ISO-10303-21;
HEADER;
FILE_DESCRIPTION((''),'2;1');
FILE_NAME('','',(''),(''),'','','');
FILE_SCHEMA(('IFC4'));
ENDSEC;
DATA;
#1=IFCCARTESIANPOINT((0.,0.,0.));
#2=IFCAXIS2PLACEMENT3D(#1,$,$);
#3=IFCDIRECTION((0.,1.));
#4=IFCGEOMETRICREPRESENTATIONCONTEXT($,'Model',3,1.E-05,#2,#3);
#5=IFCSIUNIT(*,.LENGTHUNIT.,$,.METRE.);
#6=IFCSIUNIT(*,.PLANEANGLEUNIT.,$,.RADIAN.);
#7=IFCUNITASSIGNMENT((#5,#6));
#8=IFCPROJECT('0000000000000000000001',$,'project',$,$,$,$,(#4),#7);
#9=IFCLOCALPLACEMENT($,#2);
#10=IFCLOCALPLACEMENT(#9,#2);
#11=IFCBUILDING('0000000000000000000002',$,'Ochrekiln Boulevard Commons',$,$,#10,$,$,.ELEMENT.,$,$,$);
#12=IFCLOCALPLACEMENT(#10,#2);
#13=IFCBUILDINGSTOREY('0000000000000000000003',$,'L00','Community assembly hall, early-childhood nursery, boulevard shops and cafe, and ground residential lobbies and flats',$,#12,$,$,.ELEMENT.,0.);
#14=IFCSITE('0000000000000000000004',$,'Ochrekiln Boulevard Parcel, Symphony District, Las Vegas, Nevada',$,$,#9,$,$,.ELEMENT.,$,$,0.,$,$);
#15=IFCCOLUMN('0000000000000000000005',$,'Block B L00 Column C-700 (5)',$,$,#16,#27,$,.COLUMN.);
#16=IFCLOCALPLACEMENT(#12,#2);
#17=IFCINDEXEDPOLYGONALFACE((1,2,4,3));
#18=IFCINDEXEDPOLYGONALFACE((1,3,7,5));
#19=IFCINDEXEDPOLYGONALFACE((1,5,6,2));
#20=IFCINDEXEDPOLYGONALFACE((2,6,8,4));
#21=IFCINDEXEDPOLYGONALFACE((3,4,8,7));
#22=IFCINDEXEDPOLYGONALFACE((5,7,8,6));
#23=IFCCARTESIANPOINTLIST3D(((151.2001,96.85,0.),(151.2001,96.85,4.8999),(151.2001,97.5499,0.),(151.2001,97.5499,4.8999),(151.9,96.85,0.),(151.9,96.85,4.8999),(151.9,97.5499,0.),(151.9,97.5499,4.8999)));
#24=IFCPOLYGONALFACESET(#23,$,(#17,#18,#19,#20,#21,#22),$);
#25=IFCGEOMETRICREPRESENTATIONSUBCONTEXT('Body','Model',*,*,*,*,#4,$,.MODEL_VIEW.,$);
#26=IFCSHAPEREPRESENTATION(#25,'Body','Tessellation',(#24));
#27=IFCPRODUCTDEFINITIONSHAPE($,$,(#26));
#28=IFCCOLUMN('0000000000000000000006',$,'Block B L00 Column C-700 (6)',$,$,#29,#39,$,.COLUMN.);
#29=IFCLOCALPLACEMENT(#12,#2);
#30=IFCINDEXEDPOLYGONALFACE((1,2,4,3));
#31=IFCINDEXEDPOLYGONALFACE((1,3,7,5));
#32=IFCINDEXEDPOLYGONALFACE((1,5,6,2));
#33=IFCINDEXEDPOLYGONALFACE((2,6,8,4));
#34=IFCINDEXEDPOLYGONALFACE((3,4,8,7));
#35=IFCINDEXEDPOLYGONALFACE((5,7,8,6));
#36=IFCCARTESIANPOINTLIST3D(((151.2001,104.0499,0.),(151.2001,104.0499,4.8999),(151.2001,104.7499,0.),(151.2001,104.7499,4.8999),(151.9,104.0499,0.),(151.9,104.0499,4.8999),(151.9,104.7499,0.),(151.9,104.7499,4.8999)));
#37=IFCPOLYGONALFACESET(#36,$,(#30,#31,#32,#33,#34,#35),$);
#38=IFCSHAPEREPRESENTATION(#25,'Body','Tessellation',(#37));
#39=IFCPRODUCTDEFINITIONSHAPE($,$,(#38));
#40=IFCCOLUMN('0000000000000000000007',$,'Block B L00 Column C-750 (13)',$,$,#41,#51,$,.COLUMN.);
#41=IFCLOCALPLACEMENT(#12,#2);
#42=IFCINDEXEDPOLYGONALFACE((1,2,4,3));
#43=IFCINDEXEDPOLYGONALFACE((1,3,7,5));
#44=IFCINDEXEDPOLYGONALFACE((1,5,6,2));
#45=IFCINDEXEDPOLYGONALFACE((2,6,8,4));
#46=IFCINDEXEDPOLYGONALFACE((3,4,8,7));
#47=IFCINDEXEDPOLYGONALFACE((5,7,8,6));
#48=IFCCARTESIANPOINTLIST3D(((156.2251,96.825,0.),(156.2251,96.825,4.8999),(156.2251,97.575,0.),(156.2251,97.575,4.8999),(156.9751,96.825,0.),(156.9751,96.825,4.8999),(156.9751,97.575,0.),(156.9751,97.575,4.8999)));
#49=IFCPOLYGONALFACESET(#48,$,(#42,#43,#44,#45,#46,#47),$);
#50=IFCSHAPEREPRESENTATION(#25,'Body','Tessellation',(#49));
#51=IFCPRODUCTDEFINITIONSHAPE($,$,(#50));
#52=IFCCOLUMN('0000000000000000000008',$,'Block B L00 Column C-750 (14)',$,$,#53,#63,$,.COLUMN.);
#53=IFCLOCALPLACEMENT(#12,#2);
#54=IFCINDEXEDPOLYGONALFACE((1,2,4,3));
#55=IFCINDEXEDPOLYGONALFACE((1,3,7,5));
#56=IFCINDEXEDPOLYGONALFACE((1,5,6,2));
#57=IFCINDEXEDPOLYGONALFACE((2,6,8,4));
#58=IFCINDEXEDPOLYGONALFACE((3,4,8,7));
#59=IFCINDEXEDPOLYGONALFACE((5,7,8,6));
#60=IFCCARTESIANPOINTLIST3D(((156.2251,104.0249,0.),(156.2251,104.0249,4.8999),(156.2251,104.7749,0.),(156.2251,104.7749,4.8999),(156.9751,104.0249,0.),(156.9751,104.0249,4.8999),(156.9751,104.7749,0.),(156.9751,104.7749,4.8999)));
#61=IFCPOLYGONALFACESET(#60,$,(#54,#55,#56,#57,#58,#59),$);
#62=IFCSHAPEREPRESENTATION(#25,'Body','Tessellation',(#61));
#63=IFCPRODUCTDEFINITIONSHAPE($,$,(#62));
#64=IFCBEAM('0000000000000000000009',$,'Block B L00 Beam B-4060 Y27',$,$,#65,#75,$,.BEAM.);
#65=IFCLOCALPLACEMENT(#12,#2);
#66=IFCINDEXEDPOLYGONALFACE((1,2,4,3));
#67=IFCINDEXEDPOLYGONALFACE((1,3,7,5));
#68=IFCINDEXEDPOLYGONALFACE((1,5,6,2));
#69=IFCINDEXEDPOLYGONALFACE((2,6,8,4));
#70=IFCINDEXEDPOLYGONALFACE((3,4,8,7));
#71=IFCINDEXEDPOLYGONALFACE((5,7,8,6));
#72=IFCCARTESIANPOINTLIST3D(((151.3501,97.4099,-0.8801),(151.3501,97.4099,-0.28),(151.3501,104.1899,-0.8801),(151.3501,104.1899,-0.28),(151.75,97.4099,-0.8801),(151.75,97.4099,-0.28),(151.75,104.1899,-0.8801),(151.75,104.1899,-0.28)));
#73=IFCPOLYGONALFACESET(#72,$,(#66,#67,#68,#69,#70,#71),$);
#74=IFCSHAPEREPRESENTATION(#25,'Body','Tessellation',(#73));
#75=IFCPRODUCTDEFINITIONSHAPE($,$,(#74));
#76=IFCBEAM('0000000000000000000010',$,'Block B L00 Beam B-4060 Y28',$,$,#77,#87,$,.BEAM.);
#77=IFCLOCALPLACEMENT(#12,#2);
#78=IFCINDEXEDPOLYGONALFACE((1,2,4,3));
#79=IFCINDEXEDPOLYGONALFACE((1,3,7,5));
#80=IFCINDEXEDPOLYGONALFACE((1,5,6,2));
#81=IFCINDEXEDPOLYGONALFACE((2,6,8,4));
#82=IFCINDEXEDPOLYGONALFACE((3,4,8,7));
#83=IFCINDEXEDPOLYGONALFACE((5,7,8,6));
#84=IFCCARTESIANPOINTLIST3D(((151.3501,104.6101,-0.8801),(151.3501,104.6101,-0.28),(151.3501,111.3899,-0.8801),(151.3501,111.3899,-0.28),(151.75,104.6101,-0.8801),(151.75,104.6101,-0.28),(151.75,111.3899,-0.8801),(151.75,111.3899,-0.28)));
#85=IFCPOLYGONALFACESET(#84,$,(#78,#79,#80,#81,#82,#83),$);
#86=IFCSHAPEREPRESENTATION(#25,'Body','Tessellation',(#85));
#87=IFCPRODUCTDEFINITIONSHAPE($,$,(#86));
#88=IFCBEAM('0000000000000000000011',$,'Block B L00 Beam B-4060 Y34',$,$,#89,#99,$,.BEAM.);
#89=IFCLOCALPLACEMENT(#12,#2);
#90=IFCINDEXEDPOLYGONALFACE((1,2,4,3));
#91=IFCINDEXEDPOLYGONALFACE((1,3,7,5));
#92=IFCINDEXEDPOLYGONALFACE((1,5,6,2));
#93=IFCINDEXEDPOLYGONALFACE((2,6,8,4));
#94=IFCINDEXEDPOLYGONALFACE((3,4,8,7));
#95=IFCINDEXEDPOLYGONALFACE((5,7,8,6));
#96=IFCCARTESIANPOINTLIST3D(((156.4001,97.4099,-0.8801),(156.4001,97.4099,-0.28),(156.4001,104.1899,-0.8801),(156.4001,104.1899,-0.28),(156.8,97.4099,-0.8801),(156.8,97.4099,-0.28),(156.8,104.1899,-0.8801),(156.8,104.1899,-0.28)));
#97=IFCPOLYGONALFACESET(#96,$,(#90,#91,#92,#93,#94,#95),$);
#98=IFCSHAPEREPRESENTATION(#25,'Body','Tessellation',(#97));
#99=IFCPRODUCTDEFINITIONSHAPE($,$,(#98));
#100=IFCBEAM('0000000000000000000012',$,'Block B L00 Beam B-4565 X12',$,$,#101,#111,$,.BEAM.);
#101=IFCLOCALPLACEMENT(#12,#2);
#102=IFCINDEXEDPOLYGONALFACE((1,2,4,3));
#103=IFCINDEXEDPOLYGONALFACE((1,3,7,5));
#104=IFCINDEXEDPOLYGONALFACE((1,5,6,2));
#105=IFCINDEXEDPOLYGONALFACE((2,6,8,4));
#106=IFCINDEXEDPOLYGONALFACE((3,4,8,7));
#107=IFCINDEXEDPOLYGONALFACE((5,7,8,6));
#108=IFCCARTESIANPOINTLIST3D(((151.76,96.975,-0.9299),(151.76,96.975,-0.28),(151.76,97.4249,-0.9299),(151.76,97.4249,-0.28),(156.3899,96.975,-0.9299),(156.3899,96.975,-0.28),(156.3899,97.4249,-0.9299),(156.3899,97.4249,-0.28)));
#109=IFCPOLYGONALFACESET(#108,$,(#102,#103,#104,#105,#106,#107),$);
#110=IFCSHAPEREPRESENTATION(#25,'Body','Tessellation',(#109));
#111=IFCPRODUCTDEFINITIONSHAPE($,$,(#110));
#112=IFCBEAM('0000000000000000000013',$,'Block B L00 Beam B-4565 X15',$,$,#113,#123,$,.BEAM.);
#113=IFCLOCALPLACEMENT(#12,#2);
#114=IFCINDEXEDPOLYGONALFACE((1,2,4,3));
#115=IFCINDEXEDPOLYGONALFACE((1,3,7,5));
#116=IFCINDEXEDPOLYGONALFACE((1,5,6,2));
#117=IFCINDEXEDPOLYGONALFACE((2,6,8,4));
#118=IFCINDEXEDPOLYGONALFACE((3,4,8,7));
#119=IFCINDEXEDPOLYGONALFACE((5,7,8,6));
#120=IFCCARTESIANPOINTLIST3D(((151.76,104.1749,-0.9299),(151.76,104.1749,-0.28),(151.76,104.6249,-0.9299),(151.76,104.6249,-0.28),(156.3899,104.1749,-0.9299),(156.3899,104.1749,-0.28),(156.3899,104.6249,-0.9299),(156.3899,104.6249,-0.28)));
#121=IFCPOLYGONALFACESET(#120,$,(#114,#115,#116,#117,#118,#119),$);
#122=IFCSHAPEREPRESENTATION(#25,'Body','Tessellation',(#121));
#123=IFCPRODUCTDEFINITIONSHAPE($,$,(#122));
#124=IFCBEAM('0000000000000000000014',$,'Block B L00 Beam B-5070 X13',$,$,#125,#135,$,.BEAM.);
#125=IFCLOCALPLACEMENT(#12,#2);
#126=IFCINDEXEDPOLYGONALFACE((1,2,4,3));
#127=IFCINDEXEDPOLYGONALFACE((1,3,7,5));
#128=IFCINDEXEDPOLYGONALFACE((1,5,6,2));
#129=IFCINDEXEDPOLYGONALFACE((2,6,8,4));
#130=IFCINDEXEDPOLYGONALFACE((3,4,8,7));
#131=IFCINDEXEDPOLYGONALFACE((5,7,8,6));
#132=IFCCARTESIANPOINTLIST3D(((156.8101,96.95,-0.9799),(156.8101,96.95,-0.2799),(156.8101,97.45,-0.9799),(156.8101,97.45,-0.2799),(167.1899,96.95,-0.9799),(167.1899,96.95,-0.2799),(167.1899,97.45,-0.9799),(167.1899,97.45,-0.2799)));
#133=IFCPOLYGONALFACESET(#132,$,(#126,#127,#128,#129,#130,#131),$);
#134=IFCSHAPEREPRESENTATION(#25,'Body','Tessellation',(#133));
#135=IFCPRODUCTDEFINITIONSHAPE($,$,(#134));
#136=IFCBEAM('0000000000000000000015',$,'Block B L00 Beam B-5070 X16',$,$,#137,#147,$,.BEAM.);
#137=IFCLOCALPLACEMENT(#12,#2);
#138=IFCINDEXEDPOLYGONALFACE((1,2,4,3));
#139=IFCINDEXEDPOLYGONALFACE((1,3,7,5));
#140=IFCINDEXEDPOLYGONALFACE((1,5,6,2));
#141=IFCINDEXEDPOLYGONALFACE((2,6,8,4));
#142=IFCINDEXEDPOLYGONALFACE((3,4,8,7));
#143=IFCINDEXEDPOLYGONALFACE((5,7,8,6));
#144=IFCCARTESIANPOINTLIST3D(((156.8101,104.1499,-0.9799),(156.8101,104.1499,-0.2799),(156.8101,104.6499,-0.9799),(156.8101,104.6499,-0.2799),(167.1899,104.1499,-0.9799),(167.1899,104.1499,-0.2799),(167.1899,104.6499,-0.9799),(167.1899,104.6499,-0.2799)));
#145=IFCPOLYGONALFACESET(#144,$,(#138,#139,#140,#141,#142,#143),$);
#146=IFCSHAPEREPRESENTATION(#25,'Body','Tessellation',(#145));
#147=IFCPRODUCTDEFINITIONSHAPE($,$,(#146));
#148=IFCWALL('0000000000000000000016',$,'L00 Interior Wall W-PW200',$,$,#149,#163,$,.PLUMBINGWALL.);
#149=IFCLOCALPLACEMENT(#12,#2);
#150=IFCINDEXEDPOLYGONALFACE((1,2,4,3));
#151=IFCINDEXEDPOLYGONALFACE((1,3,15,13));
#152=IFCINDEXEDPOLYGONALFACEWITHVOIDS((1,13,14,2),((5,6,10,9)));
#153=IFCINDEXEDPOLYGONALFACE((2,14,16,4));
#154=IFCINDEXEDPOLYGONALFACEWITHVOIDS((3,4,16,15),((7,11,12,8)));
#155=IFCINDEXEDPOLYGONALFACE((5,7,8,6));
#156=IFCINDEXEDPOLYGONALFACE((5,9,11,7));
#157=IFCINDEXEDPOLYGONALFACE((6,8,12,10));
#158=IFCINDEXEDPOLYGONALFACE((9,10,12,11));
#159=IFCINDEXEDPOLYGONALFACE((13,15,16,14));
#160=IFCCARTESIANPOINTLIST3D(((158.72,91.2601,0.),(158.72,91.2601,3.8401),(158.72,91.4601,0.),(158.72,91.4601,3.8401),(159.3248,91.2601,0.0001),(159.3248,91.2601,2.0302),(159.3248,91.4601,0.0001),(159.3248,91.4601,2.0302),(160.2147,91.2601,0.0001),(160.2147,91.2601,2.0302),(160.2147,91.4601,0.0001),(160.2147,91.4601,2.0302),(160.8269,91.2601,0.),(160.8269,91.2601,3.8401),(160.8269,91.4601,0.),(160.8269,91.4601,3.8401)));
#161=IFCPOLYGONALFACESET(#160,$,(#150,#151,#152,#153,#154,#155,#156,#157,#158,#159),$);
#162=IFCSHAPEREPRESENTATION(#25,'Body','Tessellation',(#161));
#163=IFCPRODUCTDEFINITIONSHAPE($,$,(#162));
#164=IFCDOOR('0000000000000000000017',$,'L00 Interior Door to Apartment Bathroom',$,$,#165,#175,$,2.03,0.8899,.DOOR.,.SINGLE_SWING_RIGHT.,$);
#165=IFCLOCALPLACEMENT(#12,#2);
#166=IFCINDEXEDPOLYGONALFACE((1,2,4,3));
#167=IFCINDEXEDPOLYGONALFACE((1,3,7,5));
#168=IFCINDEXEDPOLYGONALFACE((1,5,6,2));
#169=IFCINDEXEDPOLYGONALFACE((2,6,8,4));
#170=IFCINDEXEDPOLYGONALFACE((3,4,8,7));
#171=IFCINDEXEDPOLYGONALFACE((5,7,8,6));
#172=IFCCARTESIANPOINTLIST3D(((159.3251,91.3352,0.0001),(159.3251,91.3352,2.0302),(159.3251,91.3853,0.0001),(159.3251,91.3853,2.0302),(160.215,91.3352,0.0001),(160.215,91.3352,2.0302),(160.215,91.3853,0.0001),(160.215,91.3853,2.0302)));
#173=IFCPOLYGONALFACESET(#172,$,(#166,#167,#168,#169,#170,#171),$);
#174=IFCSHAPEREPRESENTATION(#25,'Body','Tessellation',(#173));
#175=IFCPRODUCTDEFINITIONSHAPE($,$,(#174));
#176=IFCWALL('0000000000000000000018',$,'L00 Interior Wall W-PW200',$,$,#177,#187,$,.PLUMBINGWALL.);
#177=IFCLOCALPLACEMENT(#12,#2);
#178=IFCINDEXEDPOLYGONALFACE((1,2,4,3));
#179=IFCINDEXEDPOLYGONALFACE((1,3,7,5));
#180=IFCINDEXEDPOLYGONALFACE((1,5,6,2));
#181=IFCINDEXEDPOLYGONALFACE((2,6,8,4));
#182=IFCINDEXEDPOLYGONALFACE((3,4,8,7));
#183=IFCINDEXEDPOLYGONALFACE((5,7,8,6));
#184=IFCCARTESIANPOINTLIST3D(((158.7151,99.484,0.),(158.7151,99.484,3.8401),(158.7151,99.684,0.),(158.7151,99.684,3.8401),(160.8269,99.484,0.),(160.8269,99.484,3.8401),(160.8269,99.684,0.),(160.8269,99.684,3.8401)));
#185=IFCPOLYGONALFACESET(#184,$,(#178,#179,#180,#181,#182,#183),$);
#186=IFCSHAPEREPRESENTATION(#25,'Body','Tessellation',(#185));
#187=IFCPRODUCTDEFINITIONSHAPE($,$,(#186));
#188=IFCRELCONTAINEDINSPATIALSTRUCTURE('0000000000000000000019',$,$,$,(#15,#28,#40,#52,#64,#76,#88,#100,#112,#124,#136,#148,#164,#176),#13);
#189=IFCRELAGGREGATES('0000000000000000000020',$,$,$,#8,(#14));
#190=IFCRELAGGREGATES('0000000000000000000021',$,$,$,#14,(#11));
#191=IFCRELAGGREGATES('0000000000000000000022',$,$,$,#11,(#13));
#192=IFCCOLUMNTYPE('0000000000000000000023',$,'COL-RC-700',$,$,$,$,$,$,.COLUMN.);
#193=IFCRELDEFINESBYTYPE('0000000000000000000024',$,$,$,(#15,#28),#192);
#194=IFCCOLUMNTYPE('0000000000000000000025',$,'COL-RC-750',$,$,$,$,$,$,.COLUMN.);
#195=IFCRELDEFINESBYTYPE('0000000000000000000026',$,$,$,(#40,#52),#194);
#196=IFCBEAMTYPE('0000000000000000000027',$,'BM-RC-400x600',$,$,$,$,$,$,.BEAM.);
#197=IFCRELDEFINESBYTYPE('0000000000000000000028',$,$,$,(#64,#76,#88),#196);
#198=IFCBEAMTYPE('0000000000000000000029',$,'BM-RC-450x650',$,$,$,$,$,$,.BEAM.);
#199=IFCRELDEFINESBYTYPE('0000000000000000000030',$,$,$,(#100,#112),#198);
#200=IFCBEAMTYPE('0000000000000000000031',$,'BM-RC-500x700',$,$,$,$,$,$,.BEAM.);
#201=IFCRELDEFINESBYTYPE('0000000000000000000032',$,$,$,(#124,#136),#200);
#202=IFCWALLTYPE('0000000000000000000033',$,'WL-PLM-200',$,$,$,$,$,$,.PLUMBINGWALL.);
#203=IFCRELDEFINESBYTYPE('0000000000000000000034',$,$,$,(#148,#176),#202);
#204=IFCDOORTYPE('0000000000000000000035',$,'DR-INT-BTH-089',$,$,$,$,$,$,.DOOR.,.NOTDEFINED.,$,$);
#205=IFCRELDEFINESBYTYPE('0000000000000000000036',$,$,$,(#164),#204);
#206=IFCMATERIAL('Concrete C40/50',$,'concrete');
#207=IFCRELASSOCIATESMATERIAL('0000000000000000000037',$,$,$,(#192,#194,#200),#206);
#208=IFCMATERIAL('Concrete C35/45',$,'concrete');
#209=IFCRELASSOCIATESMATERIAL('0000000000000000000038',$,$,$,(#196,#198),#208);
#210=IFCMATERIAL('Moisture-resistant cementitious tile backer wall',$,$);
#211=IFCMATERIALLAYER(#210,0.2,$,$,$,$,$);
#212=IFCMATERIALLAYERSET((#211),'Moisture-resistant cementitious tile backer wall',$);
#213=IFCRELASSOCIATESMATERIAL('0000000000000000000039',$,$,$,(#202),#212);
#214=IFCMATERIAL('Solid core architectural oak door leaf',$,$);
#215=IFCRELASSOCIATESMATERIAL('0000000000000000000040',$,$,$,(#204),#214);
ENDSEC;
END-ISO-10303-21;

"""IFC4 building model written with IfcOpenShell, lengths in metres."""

from ifc_helpers import new_model, si_unit, direction, frame, frame_2d, origin, origin_2d, place, context, subcontext, project, spatial, rectangle, extrude, material, layer, layer_set, material_profile, profile_set, type_object, element, fill, save


model = new_model("IFC4")

# Units and contexts
model_context = context("Model", 3, precision=1e-05, world=origin(), true_north=direction((0.0, 1.0)))
body_context = subcontext(model_context, "Body", "Model", "MODEL_VIEW")
ifc_project = project(units=[si_unit("LENGTHUNIT", "METRE"), si_unit("PLANEANGLEUNIT", "RADIAN")], contexts=[model_context])

# Site, building, storey
site_placement = place(None, origin())
site = spatial("IfcSite", under=ifc_project, at=site_placement, Name="Ochrekiln Boulevard Parcel, Symphony District, Las Vegas, Nevada", CompositionType="ELEMENT", RefElevation=0.0)
building_placement = place(site_placement, origin())
building = spatial("IfcBuilding", under=site, at=building_placement, Name="Ochrekiln Boulevard Commons", CompositionType="ELEMENT")
storey_placement = place(building_placement, origin())
storey = spatial("IfcBuildingStorey", under=building, at=storey_placement, Name="L00", Description="Community assembly hall, early-childhood nursery, boulevard shops and cafe, and ground residential lobbies and flats", CompositionType="ELEMENT", Elevation=0.0)

# Columns
ifc_material_1 = material(Name="Concrete C40/50", Category="concrete")
ifc_material_profile_1 = material_profile(ifc_material_1, rectangle(XDim=0.7, YDim=0.7, at=origin_2d()), Name="RC-COL-700x700")
ifc_profile_set_1 = profile_set([ifc_material_profile_1], Name="Concrete C40/50")
column_type_1 = type_object("IfcColumnType", Name="COL-RC-700", PredefinedType="COLUMN", material=ifc_profile_set_1)
for number, where, z_axis, x_axis, name in (
    (1, (151.55, 97.2, 0.0), (0.0, 0.0, 1.0), (1.0, 0.0, 0.0), "Block B L00 Column C-700 (5)"),
    (2, (151.55, 104.3999, 0.0), (0.0, 0.0, 1.0), (1.0, 0.0, 0.0), "Block B L00 Column C-700 (6)"),
):
    element("IfcColumn", number, at=place(storey_placement, frame(where, z_axis=z_axis, x_axis=x_axis)), inside=storey, type_object=column_type_1, Name=name, PredefinedType="COLUMN", context=body_context, shape_type="SweptSolid", body=[
        extrude(rectangle(XDim=0.7, YDim=0.7, at=origin_2d()), origin(), (0.0, 0.0, 1.0), 4.8999),
    ])
ifc_material_profile_2 = material_profile(ifc_material_1, rectangle(XDim=0.75, YDim=0.75, at=origin_2d()), Name="RC-COL-750x750")
ifc_profile_set_2 = profile_set([ifc_material_profile_2], Name="Concrete C40/50")
column_type_2 = type_object("IfcColumnType", Name="COL-RC-750", PredefinedType="COLUMN", material=ifc_profile_set_2)
for number, where, z_axis, x_axis, name in (
    (3, (156.6001, 97.2, 0.0), (0.0, 0.0, 1.0), (1.0, 0.0, 0.0), "Block B L00 Column C-750 (13)"),
    (4, (156.6001, 104.3999, 0.0), (0.0, 0.0, 1.0), (1.0, 0.0, 0.0), "Block B L00 Column C-750 (14)"),
):
    element("IfcColumn", number, at=place(storey_placement, frame(where, z_axis=z_axis, x_axis=x_axis)), inside=storey, type_object=column_type_2, Name=name, PredefinedType="COLUMN", context=body_context, shape_type="SweptSolid", body=[
        extrude(rectangle(XDim=0.75, YDim=0.75, at=origin_2d()), origin(), (0.0, 0.0, 1.0), 4.8999),
    ])

# Beams
ifc_material_2 = material(Name="Concrete C35/45", Category="concrete")
ifc_material_profile_3 = material_profile(ifc_material_2, rectangle(XDim=0.3999, YDim=0.6001, at=origin_2d()), Name="RC-BM-400x600")
ifc_profile_set_3 = profile_set([ifc_material_profile_3], Name="Concrete C35/45")
beam_type_1 = type_object("IfcBeamType", Name="BM-RC-400x600", PredefinedType="BEAM", material=ifc_profile_set_3)
beam_1_placement = place(storey_placement, frame((151.55, 97.4099, -0.5801), z_axis=(0.0, 1.0, 0.0), x_axis=(-1.0, 0.0, 0.0)))
element("IfcBeam", 5, at=beam_1_placement, inside=storey, type_object=beam_type_1, Name="Block B L00 Beam B-4060 Y27", PredefinedType="BEAM", context=body_context, shape_type="SweptSolid", body=[
    extrude(rectangle(XDim=0.3999, YDim=0.6001, at=origin_2d()), origin(), (0.0, 0.0, 1.0), 6.78),
])
beam_2_placement = place(storey_placement, frame((151.55, 104.6101, -0.5801), z_axis=(0.0, 1.0, 0.0), x_axis=(-1.0, 0.0, 0.0)))
element("IfcBeam", 6, at=beam_2_placement, inside=storey, type_object=beam_type_1, Name="Block B L00 Beam B-4060 Y28", PredefinedType="BEAM", context=body_context, shape_type="SweptSolid", body=[
    extrude(rectangle(XDim=0.3999, YDim=0.6001, at=origin_2d()), origin(), (0.0, 0.0, 1.0), 6.7798),
])
beam_3_placement = place(storey_placement, frame((156.6001, 97.4099, -0.5801), z_axis=(0.0, 1.0, 0.0), x_axis=(-1.0, 0.0, 0.0)))
element("IfcBeam", 7, at=beam_3_placement, inside=storey, type_object=beam_type_1, Name="Block B L00 Beam B-4060 Y34", PredefinedType="BEAM", context=body_context, shape_type="SweptSolid", body=[
    extrude(rectangle(XDim=0.3999, YDim=0.6001, at=origin_2d()), origin(), (0.0, 0.0, 1.0), 6.78),
])
ifc_material_profile_4 = material_profile(ifc_material_2, rectangle(XDim=0.45, YDim=0.6499, at=origin_2d()), Name="RC-BM-450x650")
ifc_profile_set_4 = profile_set([ifc_material_profile_4], Name="Concrete C35/45")
beam_type_2 = type_object("IfcBeamType", Name="BM-RC-450x650", PredefinedType="BEAM", material=ifc_profile_set_4)
for number, where, z_axis, x_axis, name in (
    (8, (151.76, 97.2, -0.605), (1.0, 0.0, 0.0), (0.0, 1.0, 0.0), "Block B L00 Beam B-4565 X12"),
    (9, (151.76, 104.3999, -0.605), (1.0, 0.0, 0.0), (0.0, 1.0, 0.0), "Block B L00 Beam B-4565 X15"),
):
    element("IfcBeam", number, at=place(storey_placement, frame(where, z_axis=z_axis, x_axis=x_axis)), inside=storey, type_object=beam_type_2, Name=name, PredefinedType="BEAM", context=body_context, shape_type="SweptSolid", body=[
        extrude(rectangle(XDim=0.45, YDim=0.6499, at=origin_2d()), origin(), (0.0, 0.0, 1.0), 4.6299),
    ])
ifc_material_profile_5 = material_profile(ifc_material_1, rectangle(XDim=0.5, YDim=0.7, at=origin_2d()), Name="RC-BM-500x700")
ifc_profile_set_5 = profile_set([ifc_material_profile_5], Name="Concrete C40/50")
beam_type_3 = type_object("IfcBeamType", Name="BM-RC-500x700", PredefinedType="BEAM", material=ifc_profile_set_5)
for number, where, z_axis, x_axis, name in (
    (10, (156.8101, 97.2, -0.6299), (1.0, 0.0, 0.0), (0.0, 1.0, 0.0), "Block B L00 Beam B-5070 X13"),
    (11, (156.8101, 104.3999, -0.6299), (1.0, 0.0, 0.0), (0.0, 1.0, 0.0), "Block B L00 Beam B-5070 X16"),
):
    element("IfcBeam", number, at=place(storey_placement, frame(where, z_axis=z_axis, x_axis=x_axis)), inside=storey, type_object=beam_type_3, Name=name, PredefinedType="BEAM", context=body_context, shape_type="SweptSolid", body=[
        extrude(rectangle(XDim=0.5, YDim=0.7, at=origin_2d()), origin(), (0.0, 0.0, 1.0), 10.3799),
    ])

# Wall, opening, door
ifc_material_3 = material(Name="Moisture-resistant cementitious tile backer wall")
ifc_layer_1 = layer(ifc_material_3, 0.2)
ifc_layer_set_1 = layer_set([ifc_layer_1], Name="Moisture-resistant cementitious tile backer wall")
wall_type_1 = type_object("IfcWallType", Name="WL-PLM-200", PredefinedType="PLUMBINGWALL", material=ifc_layer_set_1)
wall_1_placement = place(storey_placement, frame((158.72, 91.3601, 0.0), z_axis=(0.0, 0.0, 1.0), x_axis=(1.0, 0.0, 0.0)))
wall_1 = element("IfcWall", 12, at=wall_1_placement, inside=storey, type_object=wall_type_1, Name="L00 Interior Wall W-PW200", PredefinedType="PLUMBINGWALL", context=body_context, shape_type="SweptSolid", body=[
    extrude(rectangle(XDim=2.1069, YDim=0.2, at=frame_2d((1.0535, 0.0))), origin(), (0.0, 0.0, 1.0), 3.8401),
])
opening_1_placement = place(wall_1_placement, frame((0.605, 0.0, 0.0)))
opening_1 = element("IfcOpeningElement", 13, at=opening_1_placement, cuts=wall_1, PredefinedType="OPENING", context=body_context, shape_type="SweptSolid", body=[
    extrude(rectangle(XDim=0.8899, YDim=2.03, at=frame_2d((0.4448, 1.0151))), frame((0.0, 0.1099, 0.0), z_axis=(0.0, -1.0, 0.0), x_axis=(1.0, 0.0, 0.0)), (0.0, 0.0, 1.0), 0.22),
])
ifc_material_4 = material(Name="Solid core architectural oak door leaf")
door_type_1 = type_object("IfcDoorType", Name="DR-INT-BTH-089", OperationType="NOTDEFINED", PredefinedType="DOOR", material=ifc_material_4)
door_1_placement = place(opening_1_placement, frame((0.8899, 0.0, 0.0), z_axis=(0.0, 0.0, 1.0), x_axis=(-1.0, 0.0, 0.0)))
door_1 = element("IfcDoor", 14, at=door_1_placement, inside=storey, type_object=door_type_1, Name="L00 Interior Door to Apartment Bathroom", OperationType="SINGLE_SWING_RIGHT", OverallHeight=2.03, OverallWidth=0.8899, PredefinedType="DOOR", context=body_context, shape_type="SweptSolid", body=[
    extrude(rectangle(XDim=0.8899, YDim=2.03, at=frame_2d((0.4448, 1.0151))), frame((0.0, 0.0249, 0.0), z_axis=(0.0, -1.0, 0.0), x_axis=(1.0, 0.0, 0.0)), (0.0, 0.0, 1.0), 0.05),
])
fill(opening_1, door_1)

# Wall
wall_2_placement = place(storey_placement, frame((158.7151, 99.584, 0.0), z_axis=(0.0, 0.0, 1.0), x_axis=(1.0, 0.0, 0.0)))
element("IfcWall", 15, at=wall_2_placement, inside=storey, type_object=wall_type_1, Name="L00 Interior Wall W-PW200", PredefinedType="PLUMBINGWALL", context=body_context, shape_type="SweptSolid", body=[
    extrude(rectangle(XDim=2.1118, YDim=0.2, at=frame_2d((1.0559, 0.0))), origin(), (0.0, 0.0, 1.0), 3.8401),
])

save(model, "model.ifc")
